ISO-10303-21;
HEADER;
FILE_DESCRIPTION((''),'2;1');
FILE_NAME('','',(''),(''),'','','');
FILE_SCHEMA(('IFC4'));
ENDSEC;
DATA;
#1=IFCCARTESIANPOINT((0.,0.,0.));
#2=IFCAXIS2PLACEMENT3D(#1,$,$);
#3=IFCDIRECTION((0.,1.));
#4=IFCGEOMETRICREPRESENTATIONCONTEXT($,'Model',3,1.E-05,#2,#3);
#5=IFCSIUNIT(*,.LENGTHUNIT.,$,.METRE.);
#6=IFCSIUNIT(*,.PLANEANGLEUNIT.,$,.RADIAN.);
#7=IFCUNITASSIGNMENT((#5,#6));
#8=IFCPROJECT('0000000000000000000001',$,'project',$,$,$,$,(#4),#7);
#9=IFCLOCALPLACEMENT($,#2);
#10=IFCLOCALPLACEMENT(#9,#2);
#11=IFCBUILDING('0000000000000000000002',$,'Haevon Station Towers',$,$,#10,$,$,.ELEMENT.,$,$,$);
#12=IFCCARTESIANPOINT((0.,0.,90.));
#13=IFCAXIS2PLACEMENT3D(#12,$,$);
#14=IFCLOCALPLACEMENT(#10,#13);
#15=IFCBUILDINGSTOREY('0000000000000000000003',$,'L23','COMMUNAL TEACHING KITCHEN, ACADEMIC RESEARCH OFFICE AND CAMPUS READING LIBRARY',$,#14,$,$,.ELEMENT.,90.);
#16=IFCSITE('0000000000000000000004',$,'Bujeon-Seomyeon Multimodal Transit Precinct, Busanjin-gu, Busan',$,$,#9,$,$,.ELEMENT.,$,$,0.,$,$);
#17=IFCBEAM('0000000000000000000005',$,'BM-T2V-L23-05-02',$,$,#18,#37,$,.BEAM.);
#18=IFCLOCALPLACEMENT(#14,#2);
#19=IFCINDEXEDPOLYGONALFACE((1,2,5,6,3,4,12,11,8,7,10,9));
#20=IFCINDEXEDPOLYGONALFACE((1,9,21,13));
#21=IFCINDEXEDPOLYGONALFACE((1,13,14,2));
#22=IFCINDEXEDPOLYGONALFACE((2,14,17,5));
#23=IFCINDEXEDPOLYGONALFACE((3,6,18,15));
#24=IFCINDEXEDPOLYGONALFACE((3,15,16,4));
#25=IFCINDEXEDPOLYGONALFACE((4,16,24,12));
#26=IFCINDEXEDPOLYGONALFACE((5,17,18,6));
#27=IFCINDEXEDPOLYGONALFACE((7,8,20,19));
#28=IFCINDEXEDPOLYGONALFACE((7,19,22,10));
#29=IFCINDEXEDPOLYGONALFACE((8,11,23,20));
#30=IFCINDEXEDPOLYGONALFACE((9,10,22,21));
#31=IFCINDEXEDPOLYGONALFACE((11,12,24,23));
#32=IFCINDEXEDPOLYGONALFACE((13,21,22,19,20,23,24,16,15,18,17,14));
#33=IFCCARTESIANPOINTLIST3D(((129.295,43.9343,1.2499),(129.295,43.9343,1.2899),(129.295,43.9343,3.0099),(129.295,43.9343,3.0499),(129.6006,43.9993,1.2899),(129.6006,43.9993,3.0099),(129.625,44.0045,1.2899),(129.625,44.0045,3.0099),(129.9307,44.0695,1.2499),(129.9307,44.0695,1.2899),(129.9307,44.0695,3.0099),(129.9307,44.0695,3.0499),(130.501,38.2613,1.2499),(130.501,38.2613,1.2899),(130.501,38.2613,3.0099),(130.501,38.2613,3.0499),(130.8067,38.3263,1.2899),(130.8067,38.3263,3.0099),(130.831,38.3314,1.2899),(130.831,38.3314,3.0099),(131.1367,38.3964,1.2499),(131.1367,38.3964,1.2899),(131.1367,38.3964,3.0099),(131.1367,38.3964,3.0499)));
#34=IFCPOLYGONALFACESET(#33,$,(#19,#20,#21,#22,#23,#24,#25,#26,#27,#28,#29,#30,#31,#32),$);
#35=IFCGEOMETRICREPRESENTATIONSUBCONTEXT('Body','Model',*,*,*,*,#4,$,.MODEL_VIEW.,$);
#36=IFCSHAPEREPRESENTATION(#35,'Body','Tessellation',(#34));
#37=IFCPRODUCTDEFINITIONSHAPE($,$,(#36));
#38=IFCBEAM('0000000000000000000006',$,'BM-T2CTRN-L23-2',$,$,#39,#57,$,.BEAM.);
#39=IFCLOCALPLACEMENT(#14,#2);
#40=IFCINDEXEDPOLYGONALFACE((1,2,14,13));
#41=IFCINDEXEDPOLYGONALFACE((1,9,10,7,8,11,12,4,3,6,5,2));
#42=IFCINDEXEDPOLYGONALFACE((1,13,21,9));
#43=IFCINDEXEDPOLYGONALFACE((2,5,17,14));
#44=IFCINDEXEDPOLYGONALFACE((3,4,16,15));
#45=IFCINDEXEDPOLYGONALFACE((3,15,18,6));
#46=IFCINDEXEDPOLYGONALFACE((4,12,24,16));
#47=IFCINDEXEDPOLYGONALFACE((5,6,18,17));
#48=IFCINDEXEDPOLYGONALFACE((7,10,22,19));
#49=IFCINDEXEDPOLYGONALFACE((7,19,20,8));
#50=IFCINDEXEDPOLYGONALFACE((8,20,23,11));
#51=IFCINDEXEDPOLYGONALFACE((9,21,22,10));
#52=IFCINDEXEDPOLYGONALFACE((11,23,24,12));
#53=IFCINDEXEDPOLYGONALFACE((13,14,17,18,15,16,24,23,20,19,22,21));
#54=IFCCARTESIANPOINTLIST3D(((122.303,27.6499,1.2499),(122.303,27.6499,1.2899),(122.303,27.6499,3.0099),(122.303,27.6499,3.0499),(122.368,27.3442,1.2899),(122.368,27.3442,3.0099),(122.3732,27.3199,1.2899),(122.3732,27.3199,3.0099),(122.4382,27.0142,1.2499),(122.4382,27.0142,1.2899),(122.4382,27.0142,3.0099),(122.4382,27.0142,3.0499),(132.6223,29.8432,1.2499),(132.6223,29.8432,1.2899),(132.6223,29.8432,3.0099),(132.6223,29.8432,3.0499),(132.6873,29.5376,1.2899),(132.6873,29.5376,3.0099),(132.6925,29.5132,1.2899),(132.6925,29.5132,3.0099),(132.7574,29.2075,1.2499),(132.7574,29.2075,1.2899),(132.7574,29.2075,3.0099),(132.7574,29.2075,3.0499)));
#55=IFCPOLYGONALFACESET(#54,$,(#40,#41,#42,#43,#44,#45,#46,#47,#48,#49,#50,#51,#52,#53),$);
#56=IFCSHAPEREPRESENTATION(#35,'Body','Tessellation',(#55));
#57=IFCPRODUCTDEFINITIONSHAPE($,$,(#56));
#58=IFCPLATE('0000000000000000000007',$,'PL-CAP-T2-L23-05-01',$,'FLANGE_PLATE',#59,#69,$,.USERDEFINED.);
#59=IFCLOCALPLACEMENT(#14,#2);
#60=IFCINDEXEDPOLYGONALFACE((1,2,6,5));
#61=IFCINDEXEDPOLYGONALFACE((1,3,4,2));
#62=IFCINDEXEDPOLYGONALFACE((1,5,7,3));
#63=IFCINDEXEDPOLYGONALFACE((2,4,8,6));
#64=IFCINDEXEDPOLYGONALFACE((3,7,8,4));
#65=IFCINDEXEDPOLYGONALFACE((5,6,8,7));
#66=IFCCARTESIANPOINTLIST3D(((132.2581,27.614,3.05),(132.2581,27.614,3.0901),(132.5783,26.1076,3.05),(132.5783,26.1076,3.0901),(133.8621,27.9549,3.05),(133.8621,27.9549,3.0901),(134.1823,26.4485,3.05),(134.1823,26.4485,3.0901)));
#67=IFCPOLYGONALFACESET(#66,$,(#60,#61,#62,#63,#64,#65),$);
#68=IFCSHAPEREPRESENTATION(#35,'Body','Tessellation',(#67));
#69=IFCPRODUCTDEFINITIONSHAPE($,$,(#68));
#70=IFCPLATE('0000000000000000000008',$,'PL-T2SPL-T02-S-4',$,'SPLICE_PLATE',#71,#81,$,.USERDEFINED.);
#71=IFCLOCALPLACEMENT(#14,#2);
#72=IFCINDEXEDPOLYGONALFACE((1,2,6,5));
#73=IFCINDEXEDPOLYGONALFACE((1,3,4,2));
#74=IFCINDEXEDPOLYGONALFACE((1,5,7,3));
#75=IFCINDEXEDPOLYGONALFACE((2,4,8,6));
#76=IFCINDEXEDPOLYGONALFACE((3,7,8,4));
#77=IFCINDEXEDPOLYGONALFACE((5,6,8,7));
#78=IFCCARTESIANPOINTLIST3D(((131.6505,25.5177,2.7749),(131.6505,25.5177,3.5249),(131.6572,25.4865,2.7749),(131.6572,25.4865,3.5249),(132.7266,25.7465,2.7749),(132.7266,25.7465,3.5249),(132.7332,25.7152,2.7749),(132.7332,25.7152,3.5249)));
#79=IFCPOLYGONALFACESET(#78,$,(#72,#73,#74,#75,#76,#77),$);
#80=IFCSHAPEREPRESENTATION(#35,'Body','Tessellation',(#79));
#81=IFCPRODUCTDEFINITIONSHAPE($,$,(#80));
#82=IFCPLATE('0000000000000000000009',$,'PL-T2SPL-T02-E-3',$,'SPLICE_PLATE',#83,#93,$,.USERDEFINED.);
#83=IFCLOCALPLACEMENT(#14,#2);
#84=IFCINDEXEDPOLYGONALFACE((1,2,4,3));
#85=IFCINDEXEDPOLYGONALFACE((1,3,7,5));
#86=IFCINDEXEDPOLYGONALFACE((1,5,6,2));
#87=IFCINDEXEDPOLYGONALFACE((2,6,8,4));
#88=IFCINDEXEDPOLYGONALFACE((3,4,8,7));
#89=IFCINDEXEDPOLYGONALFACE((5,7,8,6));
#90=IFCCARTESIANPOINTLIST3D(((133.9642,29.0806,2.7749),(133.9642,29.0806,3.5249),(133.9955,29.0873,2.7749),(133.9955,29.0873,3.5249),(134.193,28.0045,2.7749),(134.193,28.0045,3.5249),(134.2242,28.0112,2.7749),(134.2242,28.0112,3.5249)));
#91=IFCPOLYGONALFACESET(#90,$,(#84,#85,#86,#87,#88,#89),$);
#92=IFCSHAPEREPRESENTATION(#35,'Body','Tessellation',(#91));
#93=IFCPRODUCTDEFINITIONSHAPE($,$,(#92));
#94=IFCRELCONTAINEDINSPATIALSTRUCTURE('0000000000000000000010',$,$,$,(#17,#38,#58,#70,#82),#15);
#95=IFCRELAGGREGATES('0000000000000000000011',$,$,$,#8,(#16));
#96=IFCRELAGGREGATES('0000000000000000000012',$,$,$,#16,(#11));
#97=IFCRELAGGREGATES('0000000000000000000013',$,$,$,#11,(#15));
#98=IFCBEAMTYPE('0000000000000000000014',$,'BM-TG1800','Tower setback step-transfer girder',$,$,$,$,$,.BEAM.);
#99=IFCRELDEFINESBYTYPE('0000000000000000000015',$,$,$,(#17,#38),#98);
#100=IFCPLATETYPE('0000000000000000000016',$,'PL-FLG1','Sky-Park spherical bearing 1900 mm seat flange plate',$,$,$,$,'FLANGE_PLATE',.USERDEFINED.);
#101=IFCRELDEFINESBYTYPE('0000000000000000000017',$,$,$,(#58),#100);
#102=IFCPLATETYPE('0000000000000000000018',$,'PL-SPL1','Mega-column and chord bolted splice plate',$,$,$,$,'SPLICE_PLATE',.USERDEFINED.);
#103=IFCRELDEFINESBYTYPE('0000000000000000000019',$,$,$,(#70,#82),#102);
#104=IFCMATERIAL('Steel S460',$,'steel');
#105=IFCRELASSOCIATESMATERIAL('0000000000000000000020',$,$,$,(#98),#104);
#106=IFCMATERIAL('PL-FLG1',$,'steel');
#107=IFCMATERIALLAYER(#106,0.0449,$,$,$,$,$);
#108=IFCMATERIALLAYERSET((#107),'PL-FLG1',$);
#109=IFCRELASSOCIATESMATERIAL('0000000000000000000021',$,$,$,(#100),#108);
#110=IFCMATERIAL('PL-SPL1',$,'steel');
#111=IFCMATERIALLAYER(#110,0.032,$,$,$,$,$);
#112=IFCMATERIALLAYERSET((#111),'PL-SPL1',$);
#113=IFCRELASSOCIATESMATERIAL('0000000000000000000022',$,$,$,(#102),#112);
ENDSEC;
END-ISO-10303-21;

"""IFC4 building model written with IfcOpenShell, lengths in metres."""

from ifc_helpers import new_model, si_unit, direction, frame, origin, origin_2d, place, context, subcontext, project, spatial, rectangle, i_section, extrude, material, layer, layer_set, material_profile, profile_set, type_object, element, save


model = new_model("IFC4")

# Units and contexts
model_context = context("Model", 3, precision=1e-05, world=origin(), true_north=direction((0.0, 1.0)))
body_context = subcontext(model_context, "Body", "Model", "MODEL_VIEW")
ifc_project = project(units=[si_unit("LENGTHUNIT", "METRE"), si_unit("PLANEANGLEUNIT", "RADIAN")], contexts=[model_context])

# Site, building, storey
site_placement = place(None, origin())
site = spatial("IfcSite", under=ifc_project, at=site_placement, Name="Bujeon-Seomyeon Multimodal Transit Precinct, Busanjin-gu, Busan", CompositionType="ELEMENT", RefElevation=0.0)
building_placement = place(site_placement, origin())
building = spatial("IfcBuilding", under=site, at=building_placement, Name="Haevon Station Towers", CompositionType="ELEMENT")
storey_placement = place(building_placement, frame((0.0, 0.0, 90.0)))
storey = spatial("IfcBuildingStorey", under=building, at=storey_placement, Name="L23", Description="COMMUNAL TEACHING KITCHEN, ACADEMIC RESEARCH OFFICE AND CAMPUS READING LIBRARY", CompositionType="ELEMENT", Elevation=90.0)

# Shared definitions
ifc_material_1 = material(Name="Steel S460", Category="steel")

# Beams
ifc_material_profile_1 = material_profile(ifc_material_1, i_section(OverallWidth=0.6499, OverallDepth=1.8, WebThickness=0.0249, FlangeThickness=0.04, at=origin_2d()), Name="H-1800x650x25x40")
ifc_profile_set_1 = profile_set([ifc_material_profile_1], Name="Steel S460")
beam_type_1 = type_object("IfcBeamType", Name="BM-TG1800", Description="Tower setback step-transfer girder", PredefinedType="BEAM", material=ifc_profile_set_1)
beam_1_placement = place(storey_placement, frame((130.8188, 38.3289, 2.1499), z_axis=(-0.207945, 0.978141, 0.0), x_axis=(-0.978141, -0.207945, 0.0)))
element("IfcBeam", 1, at=beam_1_placement, inside=storey, type_object=beam_type_1, Name="BM-T2V-L23-05-02", PredefinedType="BEAM", context=body_context, shape_type="SweptSolid", body=[
    extrude(i_section(OverallWidth=0.6499, OverallDepth=1.8, WebThickness=0.0249, FlangeThickness=0.04, at=origin_2d()), origin(), (0.0, 0.0, 1.0), 5.7998),
])
beam_2_placement = place(storey_placement, frame((122.3706, 27.332, 2.1499), z_axis=(0.978149, 0.207904, 0.0), x_axis=(-0.207904, 0.978149, 0.0)))
element("IfcBeam", 2, at=beam_2_placement, inside=storey, type_object=beam_type_1, Name="BM-T2CTRN-L23-2", PredefinedType="BEAM", context=body_context, shape_type="SweptSolid", body=[
    extrude(i_section(OverallWidth=0.6499, OverallDepth=1.8, WebThickness=0.0249, FlangeThickness=0.04, at=origin_2d()), origin(), (0.0, 0.0, 1.0), 10.5498),
])

# Plates
ifc_material_2 = material(Name="PL-FLG1", Category="steel")
ifc_layer_1 = layer(ifc_material_2, 0.0449)
ifc_layer_set_1 = layer_set([ifc_layer_1], Name="PL-FLG1")
plate_type_1 = type_object("IfcPlateType", Name="PL-FLG1", Description="Sky-Park spherical bearing 1900 mm seat flange plate", ElementType="FLANGE_PLATE", PredefinedType="USERDEFINED", material=ifc_layer_set_1)
plate_placement = place(storey_placement, frame((133.2202, 27.0312, 3.05), z_axis=(0.0, 0.0, 1.0), x_axis=(0.978148, 0.207912, 0.0)))
element("IfcPlate", 3, at=plate_placement, inside=storey, type_object=plate_type_1, Name="PL-CAP-T2-L23-05-01", ObjectType="FLANGE_PLATE", PredefinedType="USERDEFINED", context=body_context, shape_type="SweptSolid", body=[
    extrude(rectangle(XDim=1.6399, YDim=1.54, at=origin_2d()), origin(), (0.0, 0.0, 1.0), 0.04),
])
ifc_material_3 = material(Name="PL-SPL1", Category="steel")
ifc_layer_2 = layer(ifc_material_3, 0.032)
ifc_layer_set_2 = layer_set([ifc_layer_2], Name="PL-SPL1")
plate_type_2 = type_object("IfcPlateType", Name="PL-SPL1", Description="Mega-column and chord bolted splice plate", ElementType="SPLICE_PLATE", PredefinedType="USERDEFINED", material=ifc_layer_set_2)
for number, where, z_axis, x_axis, name in (
    (4, (132.1919, 25.6165, 2.7749), (0.0, 0.0, 1.0), (0.978148, 0.207912, 0.0), "PL-T2SPL-T02-S-4"),
    (5, (134.0942, 28.5459, 2.7749), (0.0, 0.0, 1.0), (-0.207912, 0.978148, 0.0), "PL-T2SPL-T02-E-3"),
):
    element("IfcPlate", number, at=place(storey_placement, frame(where, z_axis=z_axis, x_axis=x_axis)), inside=storey, type_object=plate_type_2, Name=name, ObjectType="SPLICE_PLATE", PredefinedType="USERDEFINED", context=body_context, shape_type="SweptSolid", body=[
        extrude(rectangle(XDim=1.1001, YDim=0.032, at=origin_2d()), origin(), (0.0, 0.0, 1.0), 0.75),
    ])

save(model, "model.ifc")
